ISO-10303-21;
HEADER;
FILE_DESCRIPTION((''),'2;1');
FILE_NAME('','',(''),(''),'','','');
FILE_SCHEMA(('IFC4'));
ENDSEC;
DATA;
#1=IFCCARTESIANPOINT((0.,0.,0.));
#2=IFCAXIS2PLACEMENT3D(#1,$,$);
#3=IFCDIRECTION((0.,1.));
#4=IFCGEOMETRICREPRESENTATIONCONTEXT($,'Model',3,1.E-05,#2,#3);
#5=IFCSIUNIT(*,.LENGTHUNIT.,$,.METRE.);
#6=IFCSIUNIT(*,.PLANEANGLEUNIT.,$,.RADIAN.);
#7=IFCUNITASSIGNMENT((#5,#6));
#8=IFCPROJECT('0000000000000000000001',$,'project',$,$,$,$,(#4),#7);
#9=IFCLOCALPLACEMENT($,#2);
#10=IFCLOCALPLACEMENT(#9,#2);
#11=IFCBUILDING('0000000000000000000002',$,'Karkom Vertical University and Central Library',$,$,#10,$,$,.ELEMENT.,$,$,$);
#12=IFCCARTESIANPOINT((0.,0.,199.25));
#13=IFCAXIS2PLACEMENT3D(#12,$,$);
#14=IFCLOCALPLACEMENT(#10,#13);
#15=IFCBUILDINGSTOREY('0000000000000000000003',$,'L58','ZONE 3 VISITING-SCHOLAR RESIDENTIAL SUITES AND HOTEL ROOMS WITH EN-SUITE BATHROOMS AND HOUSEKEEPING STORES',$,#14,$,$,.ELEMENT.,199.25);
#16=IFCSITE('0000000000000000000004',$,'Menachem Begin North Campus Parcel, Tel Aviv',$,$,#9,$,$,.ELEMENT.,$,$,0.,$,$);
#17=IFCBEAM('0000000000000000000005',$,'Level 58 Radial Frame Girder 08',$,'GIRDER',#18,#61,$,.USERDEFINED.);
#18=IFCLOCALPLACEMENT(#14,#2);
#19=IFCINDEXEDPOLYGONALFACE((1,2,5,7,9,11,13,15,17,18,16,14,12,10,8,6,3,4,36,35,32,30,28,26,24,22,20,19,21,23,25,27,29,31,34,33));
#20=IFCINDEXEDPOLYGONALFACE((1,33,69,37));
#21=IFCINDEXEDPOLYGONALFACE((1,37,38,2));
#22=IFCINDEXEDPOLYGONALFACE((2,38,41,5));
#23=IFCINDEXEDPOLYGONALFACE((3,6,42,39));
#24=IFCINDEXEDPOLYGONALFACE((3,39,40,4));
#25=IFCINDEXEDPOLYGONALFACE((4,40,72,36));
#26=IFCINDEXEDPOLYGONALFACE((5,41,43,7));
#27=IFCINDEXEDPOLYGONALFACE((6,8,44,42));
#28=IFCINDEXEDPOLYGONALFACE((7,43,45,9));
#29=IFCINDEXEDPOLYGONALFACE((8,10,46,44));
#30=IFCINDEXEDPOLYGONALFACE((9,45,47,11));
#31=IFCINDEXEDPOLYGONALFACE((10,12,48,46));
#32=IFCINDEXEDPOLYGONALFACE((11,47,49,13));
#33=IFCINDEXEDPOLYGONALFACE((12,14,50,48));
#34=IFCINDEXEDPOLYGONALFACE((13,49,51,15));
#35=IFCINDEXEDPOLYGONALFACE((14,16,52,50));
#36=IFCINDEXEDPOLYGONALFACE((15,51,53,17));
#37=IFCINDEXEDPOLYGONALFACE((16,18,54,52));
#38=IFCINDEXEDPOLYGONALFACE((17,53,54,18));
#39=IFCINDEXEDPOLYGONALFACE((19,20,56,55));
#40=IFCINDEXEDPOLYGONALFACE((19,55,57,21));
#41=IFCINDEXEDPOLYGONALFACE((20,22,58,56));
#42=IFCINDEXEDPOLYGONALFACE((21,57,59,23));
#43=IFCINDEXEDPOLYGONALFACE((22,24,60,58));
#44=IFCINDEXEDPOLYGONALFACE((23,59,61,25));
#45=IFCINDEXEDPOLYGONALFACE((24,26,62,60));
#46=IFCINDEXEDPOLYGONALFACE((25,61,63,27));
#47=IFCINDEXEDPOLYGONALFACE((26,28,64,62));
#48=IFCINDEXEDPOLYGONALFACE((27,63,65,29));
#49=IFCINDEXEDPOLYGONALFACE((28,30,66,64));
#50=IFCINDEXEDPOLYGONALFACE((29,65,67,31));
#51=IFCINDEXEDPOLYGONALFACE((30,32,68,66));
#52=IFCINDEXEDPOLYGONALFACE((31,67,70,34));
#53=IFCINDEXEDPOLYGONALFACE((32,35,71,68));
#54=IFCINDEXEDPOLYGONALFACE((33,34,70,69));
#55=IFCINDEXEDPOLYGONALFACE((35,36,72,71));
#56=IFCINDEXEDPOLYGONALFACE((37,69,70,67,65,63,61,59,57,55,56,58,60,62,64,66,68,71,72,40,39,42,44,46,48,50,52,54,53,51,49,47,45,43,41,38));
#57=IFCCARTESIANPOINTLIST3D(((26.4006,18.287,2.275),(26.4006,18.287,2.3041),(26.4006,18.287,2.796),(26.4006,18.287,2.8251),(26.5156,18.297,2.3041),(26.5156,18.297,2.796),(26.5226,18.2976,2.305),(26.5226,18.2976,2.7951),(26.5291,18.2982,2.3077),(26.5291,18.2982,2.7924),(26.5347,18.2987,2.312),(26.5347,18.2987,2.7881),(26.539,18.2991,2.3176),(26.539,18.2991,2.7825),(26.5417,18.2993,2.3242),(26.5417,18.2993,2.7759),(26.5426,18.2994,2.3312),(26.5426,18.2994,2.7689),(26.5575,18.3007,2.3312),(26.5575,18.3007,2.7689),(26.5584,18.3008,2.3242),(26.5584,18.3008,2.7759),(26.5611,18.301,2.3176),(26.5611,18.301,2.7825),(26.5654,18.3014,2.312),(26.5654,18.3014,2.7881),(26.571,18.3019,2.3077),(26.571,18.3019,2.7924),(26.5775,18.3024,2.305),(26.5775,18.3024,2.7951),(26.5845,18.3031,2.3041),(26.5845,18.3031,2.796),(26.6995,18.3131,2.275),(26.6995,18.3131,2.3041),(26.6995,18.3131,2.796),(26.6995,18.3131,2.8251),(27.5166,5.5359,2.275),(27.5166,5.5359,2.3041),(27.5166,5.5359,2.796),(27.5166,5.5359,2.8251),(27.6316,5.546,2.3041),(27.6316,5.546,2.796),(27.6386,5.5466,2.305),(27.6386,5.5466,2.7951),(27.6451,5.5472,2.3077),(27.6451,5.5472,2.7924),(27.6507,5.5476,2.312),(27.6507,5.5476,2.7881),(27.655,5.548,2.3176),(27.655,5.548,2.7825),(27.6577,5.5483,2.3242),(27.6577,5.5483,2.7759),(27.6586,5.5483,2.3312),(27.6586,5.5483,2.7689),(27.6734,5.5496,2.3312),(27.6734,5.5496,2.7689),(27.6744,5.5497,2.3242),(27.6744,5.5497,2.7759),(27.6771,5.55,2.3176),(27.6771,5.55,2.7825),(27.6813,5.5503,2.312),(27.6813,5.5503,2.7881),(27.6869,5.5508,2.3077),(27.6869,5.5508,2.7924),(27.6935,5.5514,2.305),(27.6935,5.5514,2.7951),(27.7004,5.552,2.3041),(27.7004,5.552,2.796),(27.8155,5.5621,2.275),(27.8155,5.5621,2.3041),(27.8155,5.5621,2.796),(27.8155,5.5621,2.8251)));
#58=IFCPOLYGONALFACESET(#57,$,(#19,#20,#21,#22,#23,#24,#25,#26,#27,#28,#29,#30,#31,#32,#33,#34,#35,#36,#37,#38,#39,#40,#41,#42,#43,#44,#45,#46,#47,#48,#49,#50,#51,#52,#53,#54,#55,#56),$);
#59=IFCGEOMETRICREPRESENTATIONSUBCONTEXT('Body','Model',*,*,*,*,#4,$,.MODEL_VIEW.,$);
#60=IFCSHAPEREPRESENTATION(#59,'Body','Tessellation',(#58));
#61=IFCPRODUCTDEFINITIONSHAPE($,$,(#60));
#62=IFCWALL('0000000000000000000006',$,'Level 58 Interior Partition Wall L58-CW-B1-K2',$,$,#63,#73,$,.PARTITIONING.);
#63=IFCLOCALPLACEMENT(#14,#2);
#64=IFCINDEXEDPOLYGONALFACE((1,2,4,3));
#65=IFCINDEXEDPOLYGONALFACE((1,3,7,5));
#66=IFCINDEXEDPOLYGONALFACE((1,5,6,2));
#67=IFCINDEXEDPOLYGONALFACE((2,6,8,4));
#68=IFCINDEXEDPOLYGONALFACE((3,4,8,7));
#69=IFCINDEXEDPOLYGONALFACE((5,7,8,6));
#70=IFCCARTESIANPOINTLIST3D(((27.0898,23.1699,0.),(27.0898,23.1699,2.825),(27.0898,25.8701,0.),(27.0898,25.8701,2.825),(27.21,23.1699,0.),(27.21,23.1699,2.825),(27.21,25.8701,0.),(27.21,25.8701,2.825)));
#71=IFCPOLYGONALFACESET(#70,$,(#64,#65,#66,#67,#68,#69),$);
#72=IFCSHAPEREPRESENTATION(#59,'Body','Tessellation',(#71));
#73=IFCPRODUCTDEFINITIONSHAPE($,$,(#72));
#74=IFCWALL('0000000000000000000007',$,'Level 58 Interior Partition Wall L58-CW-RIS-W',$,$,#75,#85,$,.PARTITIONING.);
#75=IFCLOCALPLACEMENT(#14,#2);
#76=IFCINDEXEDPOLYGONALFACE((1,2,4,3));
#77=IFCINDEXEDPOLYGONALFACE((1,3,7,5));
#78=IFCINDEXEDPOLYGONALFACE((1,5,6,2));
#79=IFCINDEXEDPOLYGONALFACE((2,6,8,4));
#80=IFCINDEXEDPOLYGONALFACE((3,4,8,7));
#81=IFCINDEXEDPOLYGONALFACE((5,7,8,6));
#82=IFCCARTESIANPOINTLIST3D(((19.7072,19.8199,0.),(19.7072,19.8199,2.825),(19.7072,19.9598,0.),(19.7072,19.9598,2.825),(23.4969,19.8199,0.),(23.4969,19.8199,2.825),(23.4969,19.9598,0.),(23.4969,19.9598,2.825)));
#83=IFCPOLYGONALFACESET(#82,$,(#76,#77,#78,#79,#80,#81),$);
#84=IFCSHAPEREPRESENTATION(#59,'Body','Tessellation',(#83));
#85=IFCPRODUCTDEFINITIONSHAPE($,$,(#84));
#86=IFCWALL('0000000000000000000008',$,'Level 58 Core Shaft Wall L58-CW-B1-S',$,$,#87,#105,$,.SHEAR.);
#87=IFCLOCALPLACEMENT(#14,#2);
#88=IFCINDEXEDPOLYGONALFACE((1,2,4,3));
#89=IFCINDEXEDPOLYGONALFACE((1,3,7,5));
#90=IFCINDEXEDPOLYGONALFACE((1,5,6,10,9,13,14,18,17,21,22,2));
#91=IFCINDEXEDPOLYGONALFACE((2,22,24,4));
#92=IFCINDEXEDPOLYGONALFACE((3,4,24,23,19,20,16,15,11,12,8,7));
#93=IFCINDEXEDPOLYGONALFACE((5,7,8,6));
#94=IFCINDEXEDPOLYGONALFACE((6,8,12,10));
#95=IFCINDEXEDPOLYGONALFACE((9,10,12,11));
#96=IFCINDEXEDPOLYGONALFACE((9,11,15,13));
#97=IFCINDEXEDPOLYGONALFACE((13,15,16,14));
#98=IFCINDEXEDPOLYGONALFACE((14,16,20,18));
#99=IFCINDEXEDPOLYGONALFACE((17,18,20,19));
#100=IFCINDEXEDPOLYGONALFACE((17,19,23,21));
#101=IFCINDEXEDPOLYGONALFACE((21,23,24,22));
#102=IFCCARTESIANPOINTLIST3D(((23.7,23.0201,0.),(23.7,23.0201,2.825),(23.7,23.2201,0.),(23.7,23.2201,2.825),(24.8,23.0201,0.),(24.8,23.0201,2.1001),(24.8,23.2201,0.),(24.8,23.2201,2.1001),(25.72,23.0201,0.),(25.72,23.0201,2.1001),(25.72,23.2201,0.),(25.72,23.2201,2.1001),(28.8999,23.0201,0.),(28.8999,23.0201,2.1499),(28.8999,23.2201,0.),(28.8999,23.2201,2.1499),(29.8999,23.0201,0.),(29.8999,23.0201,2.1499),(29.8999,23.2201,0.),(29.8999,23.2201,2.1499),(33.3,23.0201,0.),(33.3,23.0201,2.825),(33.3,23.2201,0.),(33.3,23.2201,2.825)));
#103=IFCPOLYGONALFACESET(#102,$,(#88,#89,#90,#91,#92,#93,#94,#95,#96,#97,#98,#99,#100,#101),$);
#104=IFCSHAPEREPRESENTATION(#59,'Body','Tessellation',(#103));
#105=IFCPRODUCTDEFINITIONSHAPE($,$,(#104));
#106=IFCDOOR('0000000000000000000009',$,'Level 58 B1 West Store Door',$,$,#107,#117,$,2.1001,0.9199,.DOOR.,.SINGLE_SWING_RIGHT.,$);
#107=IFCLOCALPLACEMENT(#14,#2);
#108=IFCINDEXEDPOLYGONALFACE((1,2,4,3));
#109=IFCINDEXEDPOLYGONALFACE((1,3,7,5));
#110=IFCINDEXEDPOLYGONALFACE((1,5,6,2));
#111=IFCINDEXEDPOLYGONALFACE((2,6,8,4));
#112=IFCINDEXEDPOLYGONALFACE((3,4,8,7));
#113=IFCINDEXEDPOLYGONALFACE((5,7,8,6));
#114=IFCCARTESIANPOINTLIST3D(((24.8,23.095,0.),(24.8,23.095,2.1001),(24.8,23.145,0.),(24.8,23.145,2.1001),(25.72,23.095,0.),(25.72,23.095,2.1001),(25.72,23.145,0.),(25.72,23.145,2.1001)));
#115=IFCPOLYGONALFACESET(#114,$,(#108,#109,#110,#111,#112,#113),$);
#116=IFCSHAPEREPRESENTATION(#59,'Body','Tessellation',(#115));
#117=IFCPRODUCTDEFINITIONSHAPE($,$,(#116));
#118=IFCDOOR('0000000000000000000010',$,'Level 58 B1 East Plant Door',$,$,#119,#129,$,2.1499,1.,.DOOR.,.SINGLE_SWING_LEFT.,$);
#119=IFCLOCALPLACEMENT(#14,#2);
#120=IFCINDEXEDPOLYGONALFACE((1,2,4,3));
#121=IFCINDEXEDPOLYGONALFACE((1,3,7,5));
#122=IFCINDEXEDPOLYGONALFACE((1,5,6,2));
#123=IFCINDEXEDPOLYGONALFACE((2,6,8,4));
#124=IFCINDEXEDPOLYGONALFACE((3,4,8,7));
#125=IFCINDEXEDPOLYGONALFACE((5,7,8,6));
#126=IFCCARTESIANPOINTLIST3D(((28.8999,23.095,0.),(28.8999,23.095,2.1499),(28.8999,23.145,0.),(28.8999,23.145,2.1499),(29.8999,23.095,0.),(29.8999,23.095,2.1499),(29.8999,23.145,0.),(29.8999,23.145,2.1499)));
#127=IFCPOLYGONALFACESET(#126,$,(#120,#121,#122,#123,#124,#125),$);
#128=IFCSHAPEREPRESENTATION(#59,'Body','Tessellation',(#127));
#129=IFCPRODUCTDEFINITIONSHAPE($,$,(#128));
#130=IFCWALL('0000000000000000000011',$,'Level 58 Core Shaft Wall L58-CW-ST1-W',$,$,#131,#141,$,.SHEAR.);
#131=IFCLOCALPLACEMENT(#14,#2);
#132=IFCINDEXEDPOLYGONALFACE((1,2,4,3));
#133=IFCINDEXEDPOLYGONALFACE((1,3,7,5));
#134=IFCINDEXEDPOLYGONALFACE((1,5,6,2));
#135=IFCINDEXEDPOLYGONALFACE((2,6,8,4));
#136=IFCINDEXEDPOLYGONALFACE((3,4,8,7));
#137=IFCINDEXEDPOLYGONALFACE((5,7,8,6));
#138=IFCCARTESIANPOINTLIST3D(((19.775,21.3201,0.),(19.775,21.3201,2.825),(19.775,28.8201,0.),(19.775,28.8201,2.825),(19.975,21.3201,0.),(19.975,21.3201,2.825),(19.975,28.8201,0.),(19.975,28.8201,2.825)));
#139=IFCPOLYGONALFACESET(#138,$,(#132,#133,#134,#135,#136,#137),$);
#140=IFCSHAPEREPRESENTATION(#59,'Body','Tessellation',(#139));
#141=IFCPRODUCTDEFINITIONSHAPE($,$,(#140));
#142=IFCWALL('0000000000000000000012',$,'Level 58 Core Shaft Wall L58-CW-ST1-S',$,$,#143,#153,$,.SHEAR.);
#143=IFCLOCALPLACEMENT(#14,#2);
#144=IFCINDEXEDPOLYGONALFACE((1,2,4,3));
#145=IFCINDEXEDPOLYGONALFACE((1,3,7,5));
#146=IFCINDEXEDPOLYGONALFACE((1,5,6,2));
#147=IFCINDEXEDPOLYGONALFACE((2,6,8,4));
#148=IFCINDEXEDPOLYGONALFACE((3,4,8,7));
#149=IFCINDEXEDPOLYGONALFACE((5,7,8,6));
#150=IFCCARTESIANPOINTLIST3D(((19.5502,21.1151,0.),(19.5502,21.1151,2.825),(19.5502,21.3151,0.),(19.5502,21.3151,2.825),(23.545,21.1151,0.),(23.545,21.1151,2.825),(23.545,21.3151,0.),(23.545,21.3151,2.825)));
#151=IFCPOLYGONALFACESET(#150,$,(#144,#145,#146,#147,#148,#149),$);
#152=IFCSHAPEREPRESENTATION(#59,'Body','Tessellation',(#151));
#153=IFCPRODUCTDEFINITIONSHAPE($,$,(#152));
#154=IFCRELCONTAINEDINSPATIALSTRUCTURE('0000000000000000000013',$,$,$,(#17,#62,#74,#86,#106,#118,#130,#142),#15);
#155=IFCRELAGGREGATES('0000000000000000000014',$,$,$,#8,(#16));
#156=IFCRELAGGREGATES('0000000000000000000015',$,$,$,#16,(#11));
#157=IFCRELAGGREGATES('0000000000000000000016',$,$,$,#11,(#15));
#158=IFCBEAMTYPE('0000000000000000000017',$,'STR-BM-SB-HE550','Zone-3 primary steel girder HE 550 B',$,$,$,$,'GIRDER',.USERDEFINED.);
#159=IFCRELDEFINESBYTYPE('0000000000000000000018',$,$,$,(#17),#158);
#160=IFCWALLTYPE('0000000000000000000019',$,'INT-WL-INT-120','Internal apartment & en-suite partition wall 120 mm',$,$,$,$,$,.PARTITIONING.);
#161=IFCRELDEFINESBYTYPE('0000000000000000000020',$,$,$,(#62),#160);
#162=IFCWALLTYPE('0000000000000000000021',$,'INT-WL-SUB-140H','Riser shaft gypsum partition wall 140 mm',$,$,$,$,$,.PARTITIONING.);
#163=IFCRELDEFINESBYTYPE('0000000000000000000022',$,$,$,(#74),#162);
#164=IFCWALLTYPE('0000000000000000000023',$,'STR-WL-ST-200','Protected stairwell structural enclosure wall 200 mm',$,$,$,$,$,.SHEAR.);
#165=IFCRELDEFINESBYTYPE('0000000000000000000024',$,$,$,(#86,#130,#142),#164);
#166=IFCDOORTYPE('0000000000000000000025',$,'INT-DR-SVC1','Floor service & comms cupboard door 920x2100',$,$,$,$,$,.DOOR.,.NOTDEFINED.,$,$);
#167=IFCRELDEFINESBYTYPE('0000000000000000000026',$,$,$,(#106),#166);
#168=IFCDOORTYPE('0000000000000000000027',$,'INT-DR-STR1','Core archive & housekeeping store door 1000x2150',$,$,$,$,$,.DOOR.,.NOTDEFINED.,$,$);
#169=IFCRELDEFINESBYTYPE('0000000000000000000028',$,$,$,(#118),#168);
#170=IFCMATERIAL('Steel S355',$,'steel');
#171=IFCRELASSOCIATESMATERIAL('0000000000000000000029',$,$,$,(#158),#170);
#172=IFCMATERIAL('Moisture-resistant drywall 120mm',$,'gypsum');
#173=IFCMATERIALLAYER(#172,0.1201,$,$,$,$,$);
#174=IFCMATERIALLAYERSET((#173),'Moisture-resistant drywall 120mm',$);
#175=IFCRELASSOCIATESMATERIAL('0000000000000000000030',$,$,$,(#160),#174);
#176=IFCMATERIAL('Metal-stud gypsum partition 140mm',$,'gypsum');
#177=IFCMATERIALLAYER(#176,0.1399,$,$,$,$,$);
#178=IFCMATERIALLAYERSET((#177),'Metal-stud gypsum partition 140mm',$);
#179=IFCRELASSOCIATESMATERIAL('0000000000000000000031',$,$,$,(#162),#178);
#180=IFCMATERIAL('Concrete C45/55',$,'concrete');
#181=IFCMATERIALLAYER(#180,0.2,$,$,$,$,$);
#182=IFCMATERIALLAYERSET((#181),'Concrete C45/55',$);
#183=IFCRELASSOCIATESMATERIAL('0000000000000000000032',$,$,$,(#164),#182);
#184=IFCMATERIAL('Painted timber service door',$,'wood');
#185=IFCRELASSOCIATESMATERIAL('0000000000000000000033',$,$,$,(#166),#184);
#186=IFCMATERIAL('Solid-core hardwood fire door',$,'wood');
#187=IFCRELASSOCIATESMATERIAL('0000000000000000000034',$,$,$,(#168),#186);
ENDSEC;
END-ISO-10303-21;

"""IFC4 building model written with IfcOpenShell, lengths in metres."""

from ifc_helpers import new_model, si_unit, direction, frame, frame_2d, origin, origin_with_axes, origin_2d, place, context, subcontext, project, spatial, rectangle, i_section, extrude, source, transform, mapped, material, layer, layer_set, material_profile, profile_set, type_object, element, fill, save


model = new_model("IFC4")

# Units and contexts
model_context = context("Model", 3, precision=1e-05, world=origin(), true_north=direction((0.0, 1.0)))
body_context = subcontext(model_context, "Body", "Model", "MODEL_VIEW")
ifc_project = project(units=[si_unit("LENGTHUNIT", "METRE"), si_unit("PLANEANGLEUNIT", "RADIAN")], contexts=[model_context])

# Site, building, storey
site_placement = place(None, origin())
site = spatial("IfcSite", under=ifc_project, at=site_placement, Name="Menachem Begin North Campus Parcel, Tel Aviv", CompositionType="ELEMENT", RefElevation=0.0)
building_placement = place(site_placement, origin())
building = spatial("IfcBuilding", under=site, at=building_placement, Name="Karkom Vertical University and Central Library", CompositionType="ELEMENT")
storey_placement = place(building_placement, frame((0.0, 0.0, 199.25)))
storey = spatial("IfcBuildingStorey", under=building, at=storey_placement, Name="L58", Description="ZONE 3 VISITING-SCHOLAR RESIDENTIAL SUITES AND HOTEL ROOMS WITH EN-SUITE BATHROOMS AND HOUSEKEEPING STORES", CompositionType="ELEMENT", Elevation=199.25)

# Beam
ifc_material_1 = material(Name="Steel S355", Category="steel")
ifc_material_profile = material_profile(ifc_material_1, i_section(OverallWidth=0.3, OverallDepth=0.55, WebThickness=0.0149, FlangeThickness=0.0291, FilletRadius=0.0271, at=origin_2d()), Name="HE 550 B")
ifc_profile_set = profile_set([ifc_material_profile], Name="Steel S355")
beam_type = type_object("IfcBeamType", Name="STR-BM-SB-HE550", Description="Zone-3 primary steel girder HE 550 B", ElementType="GIRDER", PredefinedType="USERDEFINED", material=ifc_profile_set)
shared_shape_1 = source(origin_with_axes(), body_context, "Body", "SweptSolid", [
    extrude(i_section(OverallWidth=0.3, OverallDepth=0.55, WebThickness=0.0149, FlangeThickness=0.0291, FilletRadius=0.0271, at=origin_2d()), origin(), (0.0, 0.0, 1.0), 12.7998),
])
beam_placement = place(storey_placement, frame((26.55, 18.3, 2.55), z_axis=(0.087187, -0.996192, 0.0), x_axis=(0.996192, 0.087187, 0.0)))
element("IfcBeam", 1, at=beam_placement, inside=storey, type_object=beam_type, Name="Level 58 Radial Frame Girder 08", ObjectType="GIRDER", PredefinedType="USERDEFINED", context=body_context, shape_type="MappedRepresentation", body=[
    mapped(shared_shape_1, transform((0.0, 0.0, 0.0), scale=1.0)),
])

# Walls
ifc_material_2 = material(Name="Moisture-resistant drywall 120mm", Category="gypsum")
ifc_layer_1 = layer(ifc_material_2, 0.1201)
ifc_layer_set_1 = layer_set([ifc_layer_1], Name="Moisture-resistant drywall 120mm")
wall_type_1 = type_object("IfcWallType", Name="INT-WL-INT-120", Description="Internal apartment & en-suite partition wall 120 mm", PredefinedType="PARTITIONING", material=ifc_layer_set_1)
wall_1_placement = place(storey_placement, frame((27.1499, 23.1699, 0.0), z_axis=(0.0, 0.0, 1.0), x_axis=(0.0, 1.0, 0.0)))
element("IfcWall", 2, at=wall_1_placement, inside=storey, type_object=wall_type_1, Name="Level 58 Interior Partition Wall L58-CW-B1-K2", PredefinedType="PARTITIONING", context=body_context, shape_type="SweptSolid", body=[
    extrude(rectangle(XDim=2.7002, YDim=0.1201, at=frame_2d((1.3501, 0.0))), origin(), (0.0, 0.0, 1.0), 2.825),
])
ifc_material_3 = material(Name="Metal-stud gypsum partition 140mm", Category="gypsum")
ifc_layer_2 = layer(ifc_material_3, 0.1399)
ifc_layer_set_2 = layer_set([ifc_layer_2], Name="Metal-stud gypsum partition 140mm")
wall_type_2 = type_object("IfcWallType", Name="INT-WL-SUB-140H", Description="Riser shaft gypsum partition wall 140 mm", PredefinedType="PARTITIONING", material=ifc_layer_set_2)
wall_2_placement = place(storey_placement, frame((19.707, 19.8899, 0.0), z_axis=(0.0, 0.0, 1.0), x_axis=(1.0, 0.0, 0.0)))
element("IfcWall", 3, at=wall_2_placement, inside=storey, type_object=wall_type_2, Name="Level 58 Interior Partition Wall L58-CW-RIS-W", PredefinedType="PARTITIONING", context=body_context, shape_type="SweptSolid", body=[
    extrude(rectangle(XDim=3.7898, YDim=0.1399, at=frame_2d((1.895, 0.0))), origin(), (0.0, 0.0, 1.0), 2.825),
])

# Wall, openings, doors
ifc_material_4 = material(Name="Concrete C45/55", Category="concrete")
ifc_layer_3 = layer(ifc_material_4, 0.2)
ifc_layer_set_3 = layer_set([ifc_layer_3], Name="Concrete C45/55")
wall_type_3 = type_object("IfcWallType", Name="STR-WL-ST-200", Description="Protected stairwell structural enclosure wall 200 mm", PredefinedType="SHEAR", material=ifc_layer_set_3)
wall_3_placement = place(storey_placement, frame((23.7, 23.1201, 0.0), z_axis=(0.0, 0.0, 1.0), x_axis=(1.0, 0.0, 0.0)))
wall_3 = element("IfcWall", 4, at=wall_3_placement, inside=storey, type_object=wall_type_3, Name="Level 58 Core Shaft Wall L58-CW-B1-S", PredefinedType="SHEAR", context=body_context, shape_type="SweptSolid", body=[
    extrude(rectangle(XDim=9.6001, YDim=0.2, at=frame_2d((4.8, 0.0))), origin(), (0.0, 0.0, 1.0), 2.825),
])
opening_1_placement = place(wall_3_placement, frame((1.1001, 0.0, 0.0)))
opening_1 = element("IfcOpeningElement", 5, at=opening_1_placement, cuts=wall_3, PredefinedType="OPENING", context=body_context, shape_type="SweptSolid", body=[
    extrude(rectangle(XDim=0.9199, YDim=2.1001, at=frame_2d((0.46, 1.05))), frame((0.0, 0.1099, 0.0), z_axis=(0.0, -1.0, 0.0), x_axis=(1.0, 0.0, 0.0)), (0.0, 0.0, 1.0), 0.22),
])
opening_2_placement = place(wall_3_placement, frame((5.2, 0.0, 0.0)))
opening_2 = element("IfcOpeningElement", 6, at=opening_2_placement, cuts=wall_3, PredefinedType="OPENING", context=body_context, shape_type="SweptSolid", body=[
    extrude(rectangle(XDim=1.0, YDim=2.1499, at=frame_2d((0.5, 1.075))), frame((0.0, 0.1099, 0.0), z_axis=(0.0, -1.0, 0.0), x_axis=(1.0, 0.0, 0.0)), (0.0, 0.0, 1.0), 0.22),
])
ifc_material_5 = material(Name="Painted timber service door", Category="wood")
door_type_1 = type_object("IfcDoorType", Name="INT-DR-SVC1", Description="Floor service & comms cupboard door 920x2100", OperationType="NOTDEFINED", PredefinedType="DOOR", material=ifc_material_5)
shared_shape_2 = source(origin_with_axes(), body_context, "Body", "SweptSolid", [
    extrude(rectangle(XDim=0.9199, YDim=2.1001, at=frame_2d((0.46, 1.05))), frame((0.0, 0.0249, 0.0), z_axis=(0.0, -1.0, 0.0), x_axis=(1.0, 0.0, 0.0)), (0.0, 0.0, 1.0), 0.05),
])
door_1_placement = place(opening_1_placement, origin())
door_1 = element("IfcDoor", 7, at=door_1_placement, inside=storey, type_object=door_type_1, Name="Level 58 B1 West Store Door", OperationType="SINGLE_SWING_RIGHT", OverallHeight=2.1001, OverallWidth=0.9199, PredefinedType="DOOR", context=body_context, shape_type="MappedRepresentation", body=[
    mapped(shared_shape_2, transform((0.0, 0.0, 0.0), scale=1.0)),
])
fill(opening_1, door_1)
ifc_material_6 = material(Name="Solid-core hardwood fire door", Category="wood")
door_type_2 = type_object("IfcDoorType", Name="INT-DR-STR1", Description="Core archive & housekeeping store door 1000x2150", OperationType="NOTDEFINED", PredefinedType="DOOR", material=ifc_material_6)
shared_shape_3 = source(origin_with_axes(), body_context, "Body", "SweptSolid", [
    extrude(rectangle(XDim=1.0, YDim=2.1499, at=frame_2d((0.5, 1.075))), frame((0.0, 0.0249, 0.0), z_axis=(0.0, -1.0, 0.0), x_axis=(1.0, 0.0, 0.0)), (0.0, 0.0, 1.0), 0.05),
])
door_2_placement = place(opening_2_placement, origin())
door_2 = element("IfcDoor", 8, at=door_2_placement, inside=storey, type_object=door_type_2, Name="Level 58 B1 East Plant Door", OperationType="SINGLE_SWING_LEFT", OverallHeight=2.1499, OverallWidth=1.0, PredefinedType="DOOR", context=body_context, shape_type="MappedRepresentation", body=[
    mapped(shared_shape_3, transform((0.0, 0.0, 0.0), scale=1.0)),
])
fill(opening_2, door_2)

# Walls
wall_4_placement = place(storey_placement, frame((19.875, 21.3201, 0.0), z_axis=(0.0, 0.0, 1.0), x_axis=(0.0, 1.0, 0.0)))
element("IfcWall", 9, at=wall_4_placement, inside=storey, type_object=wall_type_3, Name="Level 58 Core Shaft Wall L58-CW-ST1-W", PredefinedType="SHEAR", context=body_context, shape_type="SweptSolid", body=[
    extrude(rectangle(XDim=7.5, YDim=0.2, at=frame_2d((3.75, 0.0))), origin(), (0.0, 0.0, 1.0), 2.825),
])
wall_5_placement = place(storey_placement, frame((19.55, 21.2151, 0.0), z_axis=(0.0, 0.0, 1.0), x_axis=(1.0, 0.0, 0.0)))
element("IfcWall", 10, at=wall_5_placement, inside=storey, type_object=wall_type_3, Name="Level 58 Core Shaft Wall L58-CW-ST1-S", PredefinedType="SHEAR", context=body_context, shape_type="SweptSolid", body=[
    extrude(rectangle(XDim=3.9949, YDim=0.2, at=frame_2d((1.9976, 0.0))), origin(), (0.0, 0.0, 1.0), 2.825),
])

save(model, "model.ifc")
